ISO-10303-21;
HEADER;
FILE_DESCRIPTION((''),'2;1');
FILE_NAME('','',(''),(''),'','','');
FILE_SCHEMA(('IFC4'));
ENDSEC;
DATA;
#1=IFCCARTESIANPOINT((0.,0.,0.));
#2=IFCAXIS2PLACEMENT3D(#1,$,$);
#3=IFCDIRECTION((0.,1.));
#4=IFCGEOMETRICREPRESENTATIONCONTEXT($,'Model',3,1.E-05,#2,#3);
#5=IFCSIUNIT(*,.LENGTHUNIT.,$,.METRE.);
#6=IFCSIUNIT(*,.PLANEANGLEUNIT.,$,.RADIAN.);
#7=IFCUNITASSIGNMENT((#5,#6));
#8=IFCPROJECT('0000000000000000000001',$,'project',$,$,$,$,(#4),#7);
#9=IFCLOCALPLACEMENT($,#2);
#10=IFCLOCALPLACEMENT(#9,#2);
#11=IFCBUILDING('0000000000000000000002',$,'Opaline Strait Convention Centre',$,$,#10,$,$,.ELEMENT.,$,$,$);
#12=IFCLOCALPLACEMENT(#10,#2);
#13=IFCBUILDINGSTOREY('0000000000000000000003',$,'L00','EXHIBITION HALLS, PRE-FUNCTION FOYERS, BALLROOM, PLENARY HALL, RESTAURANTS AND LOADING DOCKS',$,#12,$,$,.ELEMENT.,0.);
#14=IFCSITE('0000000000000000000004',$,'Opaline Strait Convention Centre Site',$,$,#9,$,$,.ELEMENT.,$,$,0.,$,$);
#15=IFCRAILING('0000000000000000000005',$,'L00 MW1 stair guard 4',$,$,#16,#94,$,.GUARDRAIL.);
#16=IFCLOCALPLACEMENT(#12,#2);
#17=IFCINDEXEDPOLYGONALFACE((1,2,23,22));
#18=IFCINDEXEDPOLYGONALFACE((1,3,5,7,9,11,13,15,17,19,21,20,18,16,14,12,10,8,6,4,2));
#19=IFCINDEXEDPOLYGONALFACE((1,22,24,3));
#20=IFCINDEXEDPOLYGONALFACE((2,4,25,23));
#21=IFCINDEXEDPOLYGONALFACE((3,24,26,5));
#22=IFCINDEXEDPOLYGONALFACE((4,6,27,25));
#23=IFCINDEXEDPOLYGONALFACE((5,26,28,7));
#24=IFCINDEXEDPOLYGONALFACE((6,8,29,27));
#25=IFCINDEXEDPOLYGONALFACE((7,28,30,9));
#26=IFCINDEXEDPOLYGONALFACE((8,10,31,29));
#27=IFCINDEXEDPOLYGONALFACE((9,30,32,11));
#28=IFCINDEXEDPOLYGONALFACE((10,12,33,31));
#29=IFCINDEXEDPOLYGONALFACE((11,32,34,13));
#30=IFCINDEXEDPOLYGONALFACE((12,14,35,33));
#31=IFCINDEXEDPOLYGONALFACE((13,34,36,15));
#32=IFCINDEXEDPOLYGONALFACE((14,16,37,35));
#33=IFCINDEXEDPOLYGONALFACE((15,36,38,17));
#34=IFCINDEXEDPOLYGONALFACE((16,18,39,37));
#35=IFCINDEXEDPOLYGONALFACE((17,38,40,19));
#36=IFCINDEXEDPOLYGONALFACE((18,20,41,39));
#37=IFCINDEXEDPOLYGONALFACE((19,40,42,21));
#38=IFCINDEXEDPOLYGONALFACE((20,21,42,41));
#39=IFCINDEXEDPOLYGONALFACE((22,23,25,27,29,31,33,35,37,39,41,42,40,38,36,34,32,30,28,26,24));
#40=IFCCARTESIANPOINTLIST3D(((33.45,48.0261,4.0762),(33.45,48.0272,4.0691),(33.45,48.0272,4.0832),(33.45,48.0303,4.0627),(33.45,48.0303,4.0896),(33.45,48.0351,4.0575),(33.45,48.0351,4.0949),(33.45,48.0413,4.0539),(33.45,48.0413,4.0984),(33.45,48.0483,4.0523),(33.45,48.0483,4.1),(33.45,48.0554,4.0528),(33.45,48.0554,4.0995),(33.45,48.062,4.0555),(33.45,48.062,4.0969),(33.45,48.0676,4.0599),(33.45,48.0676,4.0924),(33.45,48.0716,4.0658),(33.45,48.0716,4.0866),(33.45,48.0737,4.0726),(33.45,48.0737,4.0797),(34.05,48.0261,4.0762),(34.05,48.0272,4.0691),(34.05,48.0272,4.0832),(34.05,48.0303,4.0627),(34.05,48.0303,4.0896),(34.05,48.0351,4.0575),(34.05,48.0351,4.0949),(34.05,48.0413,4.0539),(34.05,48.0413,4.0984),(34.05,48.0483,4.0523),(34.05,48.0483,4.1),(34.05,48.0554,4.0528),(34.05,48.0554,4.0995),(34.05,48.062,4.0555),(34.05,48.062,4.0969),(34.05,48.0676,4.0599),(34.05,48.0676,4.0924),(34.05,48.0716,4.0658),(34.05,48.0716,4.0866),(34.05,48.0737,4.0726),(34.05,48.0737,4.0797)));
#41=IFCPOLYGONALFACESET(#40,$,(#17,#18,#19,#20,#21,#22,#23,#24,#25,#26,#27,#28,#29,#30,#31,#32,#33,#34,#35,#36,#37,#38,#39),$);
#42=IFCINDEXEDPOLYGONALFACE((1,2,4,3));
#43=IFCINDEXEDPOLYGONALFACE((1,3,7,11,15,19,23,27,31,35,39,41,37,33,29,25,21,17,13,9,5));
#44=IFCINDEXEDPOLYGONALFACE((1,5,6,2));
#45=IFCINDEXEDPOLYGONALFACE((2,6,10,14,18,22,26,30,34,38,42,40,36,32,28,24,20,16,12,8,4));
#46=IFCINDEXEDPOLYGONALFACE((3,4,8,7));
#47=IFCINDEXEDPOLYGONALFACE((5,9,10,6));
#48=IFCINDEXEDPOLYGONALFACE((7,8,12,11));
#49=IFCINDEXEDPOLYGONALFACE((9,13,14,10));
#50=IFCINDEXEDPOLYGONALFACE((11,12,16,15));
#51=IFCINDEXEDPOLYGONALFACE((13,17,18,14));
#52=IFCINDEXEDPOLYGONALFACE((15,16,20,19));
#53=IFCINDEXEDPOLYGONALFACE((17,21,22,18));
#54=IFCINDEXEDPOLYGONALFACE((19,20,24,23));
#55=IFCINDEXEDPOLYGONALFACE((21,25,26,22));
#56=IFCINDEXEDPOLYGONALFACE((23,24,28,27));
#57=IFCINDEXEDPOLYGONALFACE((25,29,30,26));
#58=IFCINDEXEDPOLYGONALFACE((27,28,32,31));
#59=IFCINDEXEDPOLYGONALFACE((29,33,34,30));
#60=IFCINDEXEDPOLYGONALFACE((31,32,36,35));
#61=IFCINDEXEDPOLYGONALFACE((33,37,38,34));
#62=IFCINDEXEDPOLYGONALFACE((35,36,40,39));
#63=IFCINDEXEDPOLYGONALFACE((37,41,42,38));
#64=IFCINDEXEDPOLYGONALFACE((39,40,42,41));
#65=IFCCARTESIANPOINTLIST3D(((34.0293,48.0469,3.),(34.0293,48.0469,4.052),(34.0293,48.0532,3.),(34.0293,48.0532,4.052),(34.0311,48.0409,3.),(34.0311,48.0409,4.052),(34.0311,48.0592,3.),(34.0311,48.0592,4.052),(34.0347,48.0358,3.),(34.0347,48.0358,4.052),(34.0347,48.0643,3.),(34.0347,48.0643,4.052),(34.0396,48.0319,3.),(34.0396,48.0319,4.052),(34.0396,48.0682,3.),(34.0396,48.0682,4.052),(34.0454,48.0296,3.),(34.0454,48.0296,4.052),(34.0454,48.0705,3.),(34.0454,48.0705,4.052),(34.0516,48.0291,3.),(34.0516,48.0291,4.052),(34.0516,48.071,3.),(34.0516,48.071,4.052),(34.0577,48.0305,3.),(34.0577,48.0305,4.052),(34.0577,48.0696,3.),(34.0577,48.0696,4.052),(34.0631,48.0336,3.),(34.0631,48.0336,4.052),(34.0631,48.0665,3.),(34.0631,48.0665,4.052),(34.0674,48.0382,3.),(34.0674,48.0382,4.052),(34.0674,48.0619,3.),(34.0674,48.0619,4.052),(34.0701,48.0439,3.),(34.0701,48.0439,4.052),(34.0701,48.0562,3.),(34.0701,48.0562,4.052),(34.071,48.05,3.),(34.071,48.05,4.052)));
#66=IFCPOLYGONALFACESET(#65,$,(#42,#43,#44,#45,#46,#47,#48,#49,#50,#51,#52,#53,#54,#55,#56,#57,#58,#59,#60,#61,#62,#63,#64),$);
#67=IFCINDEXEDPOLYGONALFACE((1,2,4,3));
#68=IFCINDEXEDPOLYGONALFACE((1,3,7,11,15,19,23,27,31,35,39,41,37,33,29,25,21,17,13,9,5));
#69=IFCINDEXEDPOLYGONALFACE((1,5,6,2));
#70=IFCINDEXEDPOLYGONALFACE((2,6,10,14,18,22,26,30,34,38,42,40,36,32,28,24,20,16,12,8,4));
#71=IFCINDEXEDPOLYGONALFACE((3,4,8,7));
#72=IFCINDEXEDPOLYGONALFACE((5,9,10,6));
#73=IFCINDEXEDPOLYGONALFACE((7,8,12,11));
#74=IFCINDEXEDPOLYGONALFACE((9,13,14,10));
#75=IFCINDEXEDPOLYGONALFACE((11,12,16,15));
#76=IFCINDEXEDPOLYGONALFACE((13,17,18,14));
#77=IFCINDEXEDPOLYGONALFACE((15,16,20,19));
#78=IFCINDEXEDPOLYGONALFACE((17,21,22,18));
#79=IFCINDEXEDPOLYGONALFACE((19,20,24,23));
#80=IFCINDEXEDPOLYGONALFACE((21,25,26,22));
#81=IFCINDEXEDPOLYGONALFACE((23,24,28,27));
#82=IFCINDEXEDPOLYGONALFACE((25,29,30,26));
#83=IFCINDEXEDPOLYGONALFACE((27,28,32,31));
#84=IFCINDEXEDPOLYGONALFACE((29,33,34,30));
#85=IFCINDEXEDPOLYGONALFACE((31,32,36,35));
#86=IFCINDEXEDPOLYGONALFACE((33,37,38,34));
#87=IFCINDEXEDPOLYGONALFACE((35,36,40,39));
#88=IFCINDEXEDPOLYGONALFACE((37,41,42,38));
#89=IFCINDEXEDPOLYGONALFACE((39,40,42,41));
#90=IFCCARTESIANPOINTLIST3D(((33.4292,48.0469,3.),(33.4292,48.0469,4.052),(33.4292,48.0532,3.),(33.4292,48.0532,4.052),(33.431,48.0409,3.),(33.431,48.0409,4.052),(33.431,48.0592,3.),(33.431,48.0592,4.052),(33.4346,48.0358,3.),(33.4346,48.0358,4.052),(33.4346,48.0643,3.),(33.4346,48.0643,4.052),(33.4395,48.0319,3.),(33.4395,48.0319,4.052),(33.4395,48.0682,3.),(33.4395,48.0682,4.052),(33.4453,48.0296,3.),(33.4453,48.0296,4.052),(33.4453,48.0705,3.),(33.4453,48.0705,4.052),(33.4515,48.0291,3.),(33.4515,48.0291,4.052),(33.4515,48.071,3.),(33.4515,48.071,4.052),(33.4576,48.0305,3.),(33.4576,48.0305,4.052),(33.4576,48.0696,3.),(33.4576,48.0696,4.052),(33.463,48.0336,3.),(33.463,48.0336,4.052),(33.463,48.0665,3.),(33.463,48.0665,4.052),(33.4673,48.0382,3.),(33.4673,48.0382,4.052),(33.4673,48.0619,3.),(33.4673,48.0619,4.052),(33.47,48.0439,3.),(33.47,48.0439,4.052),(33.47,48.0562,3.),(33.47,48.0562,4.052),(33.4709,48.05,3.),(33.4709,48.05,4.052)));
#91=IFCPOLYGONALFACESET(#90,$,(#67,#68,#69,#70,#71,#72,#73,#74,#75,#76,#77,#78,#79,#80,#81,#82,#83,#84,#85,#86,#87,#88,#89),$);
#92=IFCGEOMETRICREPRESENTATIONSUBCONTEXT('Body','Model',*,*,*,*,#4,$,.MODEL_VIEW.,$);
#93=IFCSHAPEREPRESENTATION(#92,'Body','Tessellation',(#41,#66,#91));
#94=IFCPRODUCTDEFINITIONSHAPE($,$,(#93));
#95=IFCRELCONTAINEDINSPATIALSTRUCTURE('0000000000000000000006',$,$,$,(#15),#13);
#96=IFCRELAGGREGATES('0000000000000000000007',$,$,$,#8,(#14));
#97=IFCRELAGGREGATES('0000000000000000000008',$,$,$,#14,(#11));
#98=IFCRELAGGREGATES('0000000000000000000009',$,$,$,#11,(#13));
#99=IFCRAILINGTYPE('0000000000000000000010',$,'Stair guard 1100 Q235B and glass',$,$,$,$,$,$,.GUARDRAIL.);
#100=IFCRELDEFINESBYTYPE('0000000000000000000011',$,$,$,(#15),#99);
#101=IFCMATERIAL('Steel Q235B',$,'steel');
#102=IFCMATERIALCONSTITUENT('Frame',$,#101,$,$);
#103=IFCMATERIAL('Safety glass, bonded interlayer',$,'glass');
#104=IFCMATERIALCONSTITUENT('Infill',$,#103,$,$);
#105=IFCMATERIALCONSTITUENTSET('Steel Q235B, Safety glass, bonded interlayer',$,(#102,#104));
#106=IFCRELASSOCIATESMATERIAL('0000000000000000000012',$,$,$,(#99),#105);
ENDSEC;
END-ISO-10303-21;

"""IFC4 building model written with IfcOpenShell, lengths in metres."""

from ifc_helpers import new_model, si_unit, direction, frame, origin, origin_2d, place, context, subcontext, project, spatial, circle, extrude, material, constituent, constituent_set, type_object, element, save


model = new_model("IFC4")

# Units and contexts
model_context = context("Model", 3, precision=1e-05, world=origin(), true_north=direction((0.0, 1.0)))
body_context = subcontext(model_context, "Body", "Model", "MODEL_VIEW")
ifc_project = project(units=[si_unit("LENGTHUNIT", "METRE"), si_unit("PLANEANGLEUNIT", "RADIAN")], contexts=[model_context])

# Site, building, storey
site_placement = place(None, origin())
site = spatial("IfcSite", under=ifc_project, at=site_placement, Name="Opaline Strait Convention Centre Site", CompositionType="ELEMENT", RefElevation=0.0)
building_placement = place(site_placement, origin())
building = spatial("IfcBuilding", under=site, at=building_placement, Name="Opaline Strait Convention Centre", CompositionType="ELEMENT")
storey_placement = place(building_placement, origin())
storey = spatial("IfcBuildingStorey", under=building, at=storey_placement, Name="L00", Description="EXHIBITION HALLS, PRE-FUNCTION FOYERS, BALLROOM, PLENARY HALL, RESTAURANTS AND LOADING DOCKS", CompositionType="ELEMENT", Elevation=0.0)

# Railing
ifc_material_1 = material(Name="Steel Q235B", Category="steel")
ifc_constituent_1 = constituent(ifc_material_1, Name="Frame")
ifc_material_2 = material(Name="Safety glass, bonded interlayer", Category="glass")
ifc_constituent_2 = constituent(ifc_material_2, Name="Infill")
ifc_constituent_set = constituent_set(constituents=[ifc_constituent_1, ifc_constituent_2], Name="Steel Q235B, Safety glass, bonded interlayer")
railing_type_1 = type_object("IfcRailingType", Name="Stair guard 1100 Q235B and glass", PredefinedType="GUARDRAIL", material=ifc_constituent_set)
railing_1_placement = place(storey_placement, frame((34.05, 48.05, 3.0)))
element("IfcRailing", 1, at=railing_1_placement, inside=storey, type_object=railing_type_1, Name="L00 MW1 stair guard 4", PredefinedType="GUARDRAIL", context=body_context, shape_type="SweptSolid", body=[
    extrude(circle(Radius=0.0239, at=origin_2d()), frame((0.0, 0.0, 1.0762), z_axis=(-1.0, 0.0, 0.0), x_axis=(0.0, -1.0, 0.0)), (0.0, 0.0, 1.0), 0.6001),
    extrude(circle(Radius=0.021, at=origin_2d()), origin(), (0.0, 0.0, 1.0), 1.052),
    extrude(circle(Radius=0.021, at=origin_2d()), frame((-0.6001, 0.0, 0.0)), (0.0, 0.0, 1.0), 1.052),
])

save(model, "model.ifc")
